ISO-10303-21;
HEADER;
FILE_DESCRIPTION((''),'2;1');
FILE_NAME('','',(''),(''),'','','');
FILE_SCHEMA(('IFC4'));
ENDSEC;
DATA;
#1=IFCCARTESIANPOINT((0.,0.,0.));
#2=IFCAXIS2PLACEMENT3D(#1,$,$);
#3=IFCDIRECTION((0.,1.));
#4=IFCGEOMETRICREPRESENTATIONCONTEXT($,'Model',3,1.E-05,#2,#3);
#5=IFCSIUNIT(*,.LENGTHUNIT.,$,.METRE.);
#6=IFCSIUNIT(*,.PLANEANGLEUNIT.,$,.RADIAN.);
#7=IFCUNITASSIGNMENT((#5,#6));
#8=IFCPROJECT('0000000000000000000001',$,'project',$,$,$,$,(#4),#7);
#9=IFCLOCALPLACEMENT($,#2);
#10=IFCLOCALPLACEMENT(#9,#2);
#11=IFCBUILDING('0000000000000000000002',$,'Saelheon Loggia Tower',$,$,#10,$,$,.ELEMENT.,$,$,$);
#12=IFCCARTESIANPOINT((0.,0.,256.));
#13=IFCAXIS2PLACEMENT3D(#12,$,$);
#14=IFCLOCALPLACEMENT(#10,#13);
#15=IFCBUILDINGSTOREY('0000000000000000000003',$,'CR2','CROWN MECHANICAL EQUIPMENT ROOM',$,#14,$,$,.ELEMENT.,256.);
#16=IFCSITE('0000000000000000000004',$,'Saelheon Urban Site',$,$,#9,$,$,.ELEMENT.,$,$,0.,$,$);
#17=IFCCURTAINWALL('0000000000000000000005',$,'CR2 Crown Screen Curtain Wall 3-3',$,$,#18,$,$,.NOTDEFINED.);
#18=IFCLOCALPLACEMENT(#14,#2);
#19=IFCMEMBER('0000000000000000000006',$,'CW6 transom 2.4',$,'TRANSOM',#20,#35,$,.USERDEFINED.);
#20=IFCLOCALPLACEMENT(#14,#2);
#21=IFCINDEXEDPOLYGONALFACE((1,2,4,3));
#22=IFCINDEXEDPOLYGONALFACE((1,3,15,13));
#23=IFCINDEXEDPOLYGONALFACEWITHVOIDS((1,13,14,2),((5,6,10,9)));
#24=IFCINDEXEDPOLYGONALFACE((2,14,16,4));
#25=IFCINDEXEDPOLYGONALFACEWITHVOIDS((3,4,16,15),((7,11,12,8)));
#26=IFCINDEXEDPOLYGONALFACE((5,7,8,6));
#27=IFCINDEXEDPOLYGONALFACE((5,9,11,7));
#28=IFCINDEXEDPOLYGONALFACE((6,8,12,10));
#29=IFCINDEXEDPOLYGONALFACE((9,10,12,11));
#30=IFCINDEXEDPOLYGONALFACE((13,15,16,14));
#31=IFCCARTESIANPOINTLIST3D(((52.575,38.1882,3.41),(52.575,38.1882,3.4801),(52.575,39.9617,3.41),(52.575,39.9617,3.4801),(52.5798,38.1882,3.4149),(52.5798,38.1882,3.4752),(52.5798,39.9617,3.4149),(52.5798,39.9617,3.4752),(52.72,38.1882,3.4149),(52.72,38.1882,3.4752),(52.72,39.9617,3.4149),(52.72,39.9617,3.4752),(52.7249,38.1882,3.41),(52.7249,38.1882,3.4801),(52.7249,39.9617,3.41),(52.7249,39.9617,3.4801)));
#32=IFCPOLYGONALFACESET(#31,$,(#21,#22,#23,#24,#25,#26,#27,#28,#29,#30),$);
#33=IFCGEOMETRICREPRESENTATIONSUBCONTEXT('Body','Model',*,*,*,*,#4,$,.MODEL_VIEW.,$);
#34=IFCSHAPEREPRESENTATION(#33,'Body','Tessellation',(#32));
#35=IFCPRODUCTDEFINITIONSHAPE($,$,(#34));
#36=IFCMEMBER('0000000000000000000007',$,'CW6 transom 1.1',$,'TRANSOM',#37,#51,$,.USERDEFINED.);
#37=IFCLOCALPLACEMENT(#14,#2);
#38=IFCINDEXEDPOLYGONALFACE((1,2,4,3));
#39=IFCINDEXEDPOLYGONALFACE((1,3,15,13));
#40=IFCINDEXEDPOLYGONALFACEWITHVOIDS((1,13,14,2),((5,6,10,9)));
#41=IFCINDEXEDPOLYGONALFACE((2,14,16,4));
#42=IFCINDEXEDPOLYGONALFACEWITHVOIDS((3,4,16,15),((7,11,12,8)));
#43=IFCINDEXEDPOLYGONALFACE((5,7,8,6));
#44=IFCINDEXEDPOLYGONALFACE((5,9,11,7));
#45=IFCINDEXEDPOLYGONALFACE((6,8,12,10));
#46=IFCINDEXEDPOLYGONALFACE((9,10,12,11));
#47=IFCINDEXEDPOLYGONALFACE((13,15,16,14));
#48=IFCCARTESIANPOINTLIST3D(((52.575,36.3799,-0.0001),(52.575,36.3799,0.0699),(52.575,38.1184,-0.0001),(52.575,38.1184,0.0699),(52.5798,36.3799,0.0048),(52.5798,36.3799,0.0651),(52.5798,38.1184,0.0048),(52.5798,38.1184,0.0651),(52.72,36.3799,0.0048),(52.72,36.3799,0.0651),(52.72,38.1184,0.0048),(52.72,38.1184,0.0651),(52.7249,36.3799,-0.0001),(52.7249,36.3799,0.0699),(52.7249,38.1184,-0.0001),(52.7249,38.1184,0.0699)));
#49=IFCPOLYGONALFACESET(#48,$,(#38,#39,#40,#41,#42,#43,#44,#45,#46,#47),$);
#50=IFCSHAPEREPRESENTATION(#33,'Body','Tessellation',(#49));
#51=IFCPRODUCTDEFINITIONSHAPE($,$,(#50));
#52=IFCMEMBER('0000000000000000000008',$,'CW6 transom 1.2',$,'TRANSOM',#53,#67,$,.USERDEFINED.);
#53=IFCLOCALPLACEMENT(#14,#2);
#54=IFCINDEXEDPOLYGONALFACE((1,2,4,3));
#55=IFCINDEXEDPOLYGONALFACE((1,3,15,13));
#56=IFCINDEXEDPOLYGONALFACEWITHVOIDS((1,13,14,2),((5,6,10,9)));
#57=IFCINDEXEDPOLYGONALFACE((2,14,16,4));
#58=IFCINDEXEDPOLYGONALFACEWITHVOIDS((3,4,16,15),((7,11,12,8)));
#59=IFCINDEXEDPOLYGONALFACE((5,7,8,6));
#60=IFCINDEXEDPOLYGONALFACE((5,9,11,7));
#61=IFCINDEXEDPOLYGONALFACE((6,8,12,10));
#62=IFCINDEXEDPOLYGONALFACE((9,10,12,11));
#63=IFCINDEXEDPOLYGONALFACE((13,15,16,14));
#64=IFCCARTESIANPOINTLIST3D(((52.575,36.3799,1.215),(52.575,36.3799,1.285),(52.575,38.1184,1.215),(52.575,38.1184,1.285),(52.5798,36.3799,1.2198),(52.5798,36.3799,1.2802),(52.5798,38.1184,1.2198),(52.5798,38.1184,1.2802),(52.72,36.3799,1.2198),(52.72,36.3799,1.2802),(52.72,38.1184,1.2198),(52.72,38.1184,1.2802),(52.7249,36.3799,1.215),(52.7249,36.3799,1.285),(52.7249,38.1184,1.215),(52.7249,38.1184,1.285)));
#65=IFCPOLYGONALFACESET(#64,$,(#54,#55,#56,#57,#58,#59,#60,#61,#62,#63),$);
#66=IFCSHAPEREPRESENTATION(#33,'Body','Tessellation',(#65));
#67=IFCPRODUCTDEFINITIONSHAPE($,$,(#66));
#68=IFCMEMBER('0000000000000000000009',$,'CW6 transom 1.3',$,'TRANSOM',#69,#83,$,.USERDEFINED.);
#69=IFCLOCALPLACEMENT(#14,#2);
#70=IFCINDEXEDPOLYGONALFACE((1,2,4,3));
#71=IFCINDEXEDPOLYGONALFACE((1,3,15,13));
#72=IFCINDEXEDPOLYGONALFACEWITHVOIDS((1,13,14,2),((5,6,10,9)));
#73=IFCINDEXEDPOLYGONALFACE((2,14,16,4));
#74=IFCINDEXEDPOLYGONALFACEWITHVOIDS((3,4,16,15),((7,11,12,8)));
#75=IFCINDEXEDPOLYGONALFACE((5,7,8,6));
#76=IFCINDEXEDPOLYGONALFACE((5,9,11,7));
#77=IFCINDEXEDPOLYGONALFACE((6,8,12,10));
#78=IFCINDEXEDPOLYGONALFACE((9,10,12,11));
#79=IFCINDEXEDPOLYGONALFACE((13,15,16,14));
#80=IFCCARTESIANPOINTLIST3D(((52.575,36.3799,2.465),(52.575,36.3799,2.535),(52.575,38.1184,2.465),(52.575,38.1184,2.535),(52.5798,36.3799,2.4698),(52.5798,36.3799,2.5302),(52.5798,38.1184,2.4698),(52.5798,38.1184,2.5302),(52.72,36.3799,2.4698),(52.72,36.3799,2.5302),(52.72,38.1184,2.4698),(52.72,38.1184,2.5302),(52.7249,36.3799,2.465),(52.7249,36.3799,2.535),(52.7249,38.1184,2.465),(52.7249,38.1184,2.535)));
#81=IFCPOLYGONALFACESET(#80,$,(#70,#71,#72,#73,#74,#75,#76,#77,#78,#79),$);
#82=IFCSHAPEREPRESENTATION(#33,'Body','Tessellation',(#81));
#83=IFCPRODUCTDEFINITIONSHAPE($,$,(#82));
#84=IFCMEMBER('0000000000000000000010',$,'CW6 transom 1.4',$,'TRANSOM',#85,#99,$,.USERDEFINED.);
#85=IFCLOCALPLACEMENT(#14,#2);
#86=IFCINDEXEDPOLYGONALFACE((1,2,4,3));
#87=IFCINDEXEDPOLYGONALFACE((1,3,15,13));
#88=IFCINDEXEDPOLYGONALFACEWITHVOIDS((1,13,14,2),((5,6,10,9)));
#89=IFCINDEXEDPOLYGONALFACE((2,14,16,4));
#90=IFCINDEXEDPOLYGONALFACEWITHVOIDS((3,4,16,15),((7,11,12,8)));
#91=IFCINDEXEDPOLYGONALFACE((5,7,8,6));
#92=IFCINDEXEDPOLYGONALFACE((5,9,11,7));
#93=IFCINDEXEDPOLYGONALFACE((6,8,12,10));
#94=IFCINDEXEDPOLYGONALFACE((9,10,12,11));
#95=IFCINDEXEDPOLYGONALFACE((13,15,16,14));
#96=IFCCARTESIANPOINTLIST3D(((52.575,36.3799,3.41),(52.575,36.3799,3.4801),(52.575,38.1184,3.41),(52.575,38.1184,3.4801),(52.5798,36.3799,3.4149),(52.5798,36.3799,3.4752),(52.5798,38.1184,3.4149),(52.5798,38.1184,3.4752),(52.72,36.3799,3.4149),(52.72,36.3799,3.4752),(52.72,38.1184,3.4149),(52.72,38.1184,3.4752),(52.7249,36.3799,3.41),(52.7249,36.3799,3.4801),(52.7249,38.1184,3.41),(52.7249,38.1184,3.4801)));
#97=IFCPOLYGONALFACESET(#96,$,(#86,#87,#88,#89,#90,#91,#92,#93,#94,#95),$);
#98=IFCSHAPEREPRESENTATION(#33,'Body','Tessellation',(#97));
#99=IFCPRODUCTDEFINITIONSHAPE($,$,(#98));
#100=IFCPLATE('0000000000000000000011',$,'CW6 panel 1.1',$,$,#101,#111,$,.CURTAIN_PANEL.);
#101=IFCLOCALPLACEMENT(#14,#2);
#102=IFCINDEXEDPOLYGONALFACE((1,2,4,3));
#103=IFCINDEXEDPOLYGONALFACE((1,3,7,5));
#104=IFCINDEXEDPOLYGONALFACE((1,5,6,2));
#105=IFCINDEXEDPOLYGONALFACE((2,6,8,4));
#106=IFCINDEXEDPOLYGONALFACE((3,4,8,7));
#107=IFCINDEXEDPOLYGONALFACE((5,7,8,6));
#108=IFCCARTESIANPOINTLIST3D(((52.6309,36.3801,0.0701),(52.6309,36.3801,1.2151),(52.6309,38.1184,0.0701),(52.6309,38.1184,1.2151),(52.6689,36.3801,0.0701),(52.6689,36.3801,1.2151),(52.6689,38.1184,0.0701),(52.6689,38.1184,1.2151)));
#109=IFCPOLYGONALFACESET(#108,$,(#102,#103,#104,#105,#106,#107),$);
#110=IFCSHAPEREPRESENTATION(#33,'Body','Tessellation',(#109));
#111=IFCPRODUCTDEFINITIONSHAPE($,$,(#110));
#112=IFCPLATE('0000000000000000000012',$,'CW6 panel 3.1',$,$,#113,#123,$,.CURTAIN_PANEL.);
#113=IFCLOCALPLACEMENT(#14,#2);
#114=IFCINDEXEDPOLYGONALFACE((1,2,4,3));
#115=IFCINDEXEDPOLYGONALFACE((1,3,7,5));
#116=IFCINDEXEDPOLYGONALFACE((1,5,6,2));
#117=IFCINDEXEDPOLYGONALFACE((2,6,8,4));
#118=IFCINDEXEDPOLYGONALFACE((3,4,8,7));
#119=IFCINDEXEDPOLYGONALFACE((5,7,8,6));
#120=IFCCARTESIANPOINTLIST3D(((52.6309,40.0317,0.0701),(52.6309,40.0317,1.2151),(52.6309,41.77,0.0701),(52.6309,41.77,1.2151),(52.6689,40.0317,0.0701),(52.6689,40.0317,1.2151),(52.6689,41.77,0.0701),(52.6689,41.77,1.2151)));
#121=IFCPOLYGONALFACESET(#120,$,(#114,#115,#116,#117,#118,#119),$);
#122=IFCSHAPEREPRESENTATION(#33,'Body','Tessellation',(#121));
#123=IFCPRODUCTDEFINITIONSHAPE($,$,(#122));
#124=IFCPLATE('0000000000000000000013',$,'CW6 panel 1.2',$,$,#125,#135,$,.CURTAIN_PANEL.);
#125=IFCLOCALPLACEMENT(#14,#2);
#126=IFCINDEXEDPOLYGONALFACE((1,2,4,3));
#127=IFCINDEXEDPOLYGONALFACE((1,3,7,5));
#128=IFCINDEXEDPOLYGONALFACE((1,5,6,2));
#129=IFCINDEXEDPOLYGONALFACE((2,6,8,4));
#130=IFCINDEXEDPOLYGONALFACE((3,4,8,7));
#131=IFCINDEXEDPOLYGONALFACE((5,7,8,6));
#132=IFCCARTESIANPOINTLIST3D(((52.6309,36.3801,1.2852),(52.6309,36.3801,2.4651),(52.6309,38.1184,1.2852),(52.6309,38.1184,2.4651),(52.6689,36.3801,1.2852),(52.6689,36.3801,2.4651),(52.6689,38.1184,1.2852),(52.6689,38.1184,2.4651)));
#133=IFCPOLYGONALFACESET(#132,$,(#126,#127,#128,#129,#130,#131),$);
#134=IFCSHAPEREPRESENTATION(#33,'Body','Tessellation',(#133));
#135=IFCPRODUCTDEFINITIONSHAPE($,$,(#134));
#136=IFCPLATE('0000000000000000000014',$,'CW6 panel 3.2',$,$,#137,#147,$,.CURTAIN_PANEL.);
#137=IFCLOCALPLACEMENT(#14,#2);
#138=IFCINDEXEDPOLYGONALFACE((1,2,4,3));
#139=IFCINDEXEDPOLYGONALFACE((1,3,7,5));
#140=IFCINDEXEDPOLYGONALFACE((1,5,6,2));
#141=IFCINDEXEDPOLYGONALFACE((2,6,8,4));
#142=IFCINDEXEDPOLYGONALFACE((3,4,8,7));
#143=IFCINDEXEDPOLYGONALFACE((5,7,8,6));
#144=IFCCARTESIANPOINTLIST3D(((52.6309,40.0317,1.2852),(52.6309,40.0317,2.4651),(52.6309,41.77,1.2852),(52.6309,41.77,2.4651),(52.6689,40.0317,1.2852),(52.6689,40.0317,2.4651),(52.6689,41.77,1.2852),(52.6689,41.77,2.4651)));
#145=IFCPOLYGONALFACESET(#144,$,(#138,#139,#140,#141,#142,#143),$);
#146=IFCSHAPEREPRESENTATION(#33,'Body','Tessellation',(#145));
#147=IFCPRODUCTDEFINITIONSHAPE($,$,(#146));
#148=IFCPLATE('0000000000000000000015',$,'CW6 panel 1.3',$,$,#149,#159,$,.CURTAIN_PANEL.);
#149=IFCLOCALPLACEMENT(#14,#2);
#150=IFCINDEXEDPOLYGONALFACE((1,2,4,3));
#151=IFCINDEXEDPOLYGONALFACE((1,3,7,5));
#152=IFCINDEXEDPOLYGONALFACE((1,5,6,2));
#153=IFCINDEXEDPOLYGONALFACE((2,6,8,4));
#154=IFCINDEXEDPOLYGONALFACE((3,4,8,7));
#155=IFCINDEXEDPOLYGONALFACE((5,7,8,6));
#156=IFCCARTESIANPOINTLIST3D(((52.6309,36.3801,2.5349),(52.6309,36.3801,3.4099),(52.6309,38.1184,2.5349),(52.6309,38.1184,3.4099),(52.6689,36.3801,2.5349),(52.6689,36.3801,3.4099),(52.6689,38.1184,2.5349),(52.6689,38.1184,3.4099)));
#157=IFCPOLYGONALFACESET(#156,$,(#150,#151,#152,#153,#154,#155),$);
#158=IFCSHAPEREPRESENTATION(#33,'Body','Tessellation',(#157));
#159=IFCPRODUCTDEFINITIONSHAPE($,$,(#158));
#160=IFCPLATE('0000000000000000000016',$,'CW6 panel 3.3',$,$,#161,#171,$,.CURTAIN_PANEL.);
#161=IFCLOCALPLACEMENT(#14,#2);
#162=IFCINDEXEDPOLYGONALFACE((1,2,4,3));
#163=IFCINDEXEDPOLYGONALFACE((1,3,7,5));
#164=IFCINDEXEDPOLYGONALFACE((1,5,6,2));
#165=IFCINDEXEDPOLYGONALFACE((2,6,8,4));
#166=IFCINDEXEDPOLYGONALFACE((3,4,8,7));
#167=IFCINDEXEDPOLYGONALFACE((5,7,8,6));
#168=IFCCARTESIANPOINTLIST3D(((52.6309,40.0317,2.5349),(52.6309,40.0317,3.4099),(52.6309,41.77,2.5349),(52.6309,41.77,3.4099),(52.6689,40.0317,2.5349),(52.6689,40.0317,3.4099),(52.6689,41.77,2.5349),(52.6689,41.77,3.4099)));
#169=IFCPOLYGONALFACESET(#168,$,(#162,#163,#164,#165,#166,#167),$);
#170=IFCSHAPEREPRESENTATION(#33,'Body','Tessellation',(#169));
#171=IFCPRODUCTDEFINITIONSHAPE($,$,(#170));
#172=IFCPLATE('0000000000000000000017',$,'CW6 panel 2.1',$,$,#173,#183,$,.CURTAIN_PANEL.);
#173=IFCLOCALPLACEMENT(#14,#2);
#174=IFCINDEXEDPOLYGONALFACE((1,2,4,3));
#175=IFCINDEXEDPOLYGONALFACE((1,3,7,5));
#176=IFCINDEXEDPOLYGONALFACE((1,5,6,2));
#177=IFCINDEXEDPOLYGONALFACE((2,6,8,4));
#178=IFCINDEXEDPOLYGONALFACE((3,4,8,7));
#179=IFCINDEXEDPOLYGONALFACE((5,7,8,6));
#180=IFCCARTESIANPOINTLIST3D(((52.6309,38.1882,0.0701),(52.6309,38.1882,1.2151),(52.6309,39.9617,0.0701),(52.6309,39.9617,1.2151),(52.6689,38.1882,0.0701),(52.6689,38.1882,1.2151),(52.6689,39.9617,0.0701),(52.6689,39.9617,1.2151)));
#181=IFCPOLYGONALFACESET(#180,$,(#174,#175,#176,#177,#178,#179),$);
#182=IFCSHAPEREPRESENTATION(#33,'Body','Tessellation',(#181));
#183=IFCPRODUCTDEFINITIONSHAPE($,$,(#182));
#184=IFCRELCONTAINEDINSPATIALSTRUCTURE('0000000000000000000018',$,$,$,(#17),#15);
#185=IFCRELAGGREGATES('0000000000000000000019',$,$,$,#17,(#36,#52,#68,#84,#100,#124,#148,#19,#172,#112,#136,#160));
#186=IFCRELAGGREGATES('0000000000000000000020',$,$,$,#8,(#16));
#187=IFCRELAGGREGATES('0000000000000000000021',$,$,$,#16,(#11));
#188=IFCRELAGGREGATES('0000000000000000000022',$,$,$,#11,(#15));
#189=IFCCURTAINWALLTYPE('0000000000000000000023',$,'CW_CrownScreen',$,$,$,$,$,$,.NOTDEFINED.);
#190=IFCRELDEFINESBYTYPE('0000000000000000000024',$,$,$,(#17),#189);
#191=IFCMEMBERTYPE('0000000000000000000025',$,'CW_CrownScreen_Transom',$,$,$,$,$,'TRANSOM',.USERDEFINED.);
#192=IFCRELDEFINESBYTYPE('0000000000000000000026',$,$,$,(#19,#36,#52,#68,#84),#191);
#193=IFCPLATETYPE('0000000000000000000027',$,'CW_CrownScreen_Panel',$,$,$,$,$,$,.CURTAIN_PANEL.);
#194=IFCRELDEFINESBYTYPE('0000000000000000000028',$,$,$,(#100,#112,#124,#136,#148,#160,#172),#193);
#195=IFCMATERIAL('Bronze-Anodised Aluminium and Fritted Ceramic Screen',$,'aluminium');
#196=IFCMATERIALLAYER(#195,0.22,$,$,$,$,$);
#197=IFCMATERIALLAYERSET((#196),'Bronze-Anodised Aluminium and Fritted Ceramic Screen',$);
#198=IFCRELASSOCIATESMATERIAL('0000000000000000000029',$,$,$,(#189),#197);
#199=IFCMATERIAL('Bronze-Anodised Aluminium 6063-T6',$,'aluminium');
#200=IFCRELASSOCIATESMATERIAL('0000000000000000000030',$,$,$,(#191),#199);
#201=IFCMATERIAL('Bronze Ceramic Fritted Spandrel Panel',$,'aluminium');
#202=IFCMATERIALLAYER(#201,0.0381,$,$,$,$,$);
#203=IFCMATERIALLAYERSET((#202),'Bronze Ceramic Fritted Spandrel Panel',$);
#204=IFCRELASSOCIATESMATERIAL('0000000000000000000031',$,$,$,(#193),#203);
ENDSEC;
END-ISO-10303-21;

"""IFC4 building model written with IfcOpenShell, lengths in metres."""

from ifc_helpers import new_model, si_unit, direction, frame, origin, origin_2d, place, context, subcontext, project, spatial, rectangle, hollow_rectangle, extrude, source, transform, mapped, material, layer, layer_set, material_profile, profile_set, type_object, element, aggregate, save


model = new_model("IFC4")

# Units and contexts
model_context = context("Model", 3, precision=1e-05, world=origin(), true_north=direction((0.0, 1.0)))
body_context = subcontext(model_context, "Body", "Model", "MODEL_VIEW")
ifc_project = project(units=[si_unit("LENGTHUNIT", "METRE"), si_unit("PLANEANGLEUNIT", "RADIAN")], contexts=[model_context])

# Site, building, storey
site_placement = place(None, origin())
site = spatial("IfcSite", under=ifc_project, at=site_placement, Name="Saelheon Urban Site", CompositionType="ELEMENT", RefElevation=0.0)
building_placement = place(site_placement, origin())
building = spatial("IfcBuilding", under=site, at=building_placement, Name="Saelheon Loggia Tower", CompositionType="ELEMENT")
storey_placement = place(building_placement, frame((0.0, 0.0, 256.0)))
storey = spatial("IfcBuildingStorey", under=building, at=storey_placement, Name="CR2", Description="CROWN MECHANICAL EQUIPMENT ROOM", CompositionType="ELEMENT", Elevation=256.0)

# Curtain wall, members, plates
ifc_material_1 = material(Name="Bronze-Anodised Aluminium and Fritted Ceramic Screen", Category="aluminium")
ifc_layer_1 = layer(ifc_material_1, 0.22)
ifc_layer_set_1 = layer_set([ifc_layer_1], Name="Bronze-Anodised Aluminium and Fritted Ceramic Screen")
curtain_wall_type = type_object("IfcCurtainWallType", Name="CW_CrownScreen", PredefinedType="NOTDEFINED", material=ifc_layer_set_1)
curtain_wall_placement = place(storey_placement, origin())
curtain_wall = element("IfcCurtainWall", 1, at=curtain_wall_placement, inside=storey, type_object=curtain_wall_type, Name="CR2 Crown Screen Curtain Wall 3-3", PredefinedType="NOTDEFINED")
ifc_material_2 = material(Name="Bronze-Anodised Aluminium 6063-T6", Category="aluminium")
ifc_material_profile_1 = material_profile(ifc_material_2, hollow_rectangle(XDim=0.0701, YDim=0.1499, WallThickness=0.0049, at=origin_2d()), Name="RHS-150x70x5")
ifc_profile_set_1 = profile_set([ifc_material_profile_1], Name="Bronze-Anodised Aluminium 6063-T6")
member_type_1 = type_object("IfcMemberType", Name="CW_CrownScreen_Transom", ElementType="TRANSOM", PredefinedType="USERDEFINED", material=ifc_profile_set_1)
shared_shape_1 = source(origin(), body_context, "Body", "SweptSolid", [
    extrude(hollow_rectangle(XDim=0.0701, YDim=0.1499, WallThickness=0.0049, at=origin_2d()), origin(), (0.0, 0.0, 1.0), 1.7734),
])
member_1_placement = place(storey_placement, frame((52.6499, 38.1882, 3.4451), z_axis=(0.0, 1.0, 0.0), x_axis=(0.0, 0.0, 1.0)))
member_1 = element("IfcMember", 2, at=member_1_placement, type_object=member_type_1, Name="CW6 transom 2.4", ObjectType="TRANSOM", PredefinedType="USERDEFINED", context=body_context, shape_type="MappedRepresentation", body=[
    mapped(shared_shape_1, transform((0.0, 0.0, 0.0), scale=1.0)),
])
shared_shape_2 = source(origin(), body_context, "Body", "SweptSolid", [
    extrude(hollow_rectangle(XDim=0.0701, YDim=0.1499, WallThickness=0.0049, at=origin_2d()), origin(), (0.0, 0.0, 1.0), 1.7385),
])
member_2_placement = place(storey_placement, frame((52.6499, 36.3799, 0.0349), z_axis=(0.0, 1.0, 0.0), x_axis=(0.0, 0.0, 1.0)))
member_2 = element("IfcMember", 3, at=member_2_placement, type_object=member_type_1, Name="CW6 transom 1.1", ObjectType="TRANSOM", PredefinedType="USERDEFINED", context=body_context, shape_type="MappedRepresentation", body=[
    mapped(shared_shape_2, transform((0.0, 0.0, 0.0), scale=1.0)),
])
member_3_placement = place(storey_placement, frame((52.6499, 36.3799, 1.25), z_axis=(0.0, 1.0, 0.0), x_axis=(0.0, 0.0, 1.0)))
member_3 = element("IfcMember", 4, at=member_3_placement, type_object=member_type_1, Name="CW6 transom 1.2", ObjectType="TRANSOM", PredefinedType="USERDEFINED", context=body_context, shape_type="MappedRepresentation", body=[
    mapped(shared_shape_2, transform((0.0, 0.0, 0.0), scale=1.0)),
])
member_4_placement = place(storey_placement, frame((52.6499, 36.3799, 2.5), z_axis=(0.0, 1.0, 0.0), x_axis=(0.0, 0.0, 1.0)))
member_4 = element("IfcMember", 5, at=member_4_placement, type_object=member_type_1, Name="CW6 transom 1.3", ObjectType="TRANSOM", PredefinedType="USERDEFINED", context=body_context, shape_type="MappedRepresentation", body=[
    mapped(shared_shape_2, transform((0.0, 0.0, 0.0), scale=1.0)),
])
member_5_placement = place(storey_placement, frame((52.6499, 36.3799, 3.4451), z_axis=(0.0, 1.0, 0.0), x_axis=(0.0, 0.0, 1.0)))
member_5 = element("IfcMember", 6, at=member_5_placement, type_object=member_type_1, Name="CW6 transom 1.4", ObjectType="TRANSOM", PredefinedType="USERDEFINED", context=body_context, shape_type="MappedRepresentation", body=[
    mapped(shared_shape_2, transform((0.0, 0.0, 0.0), scale=1.0)),
])
ifc_material_3 = material(Name="Bronze Ceramic Fritted Spandrel Panel", Category="aluminium")
ifc_layer_2 = layer(ifc_material_3, 0.0381)
ifc_layer_set_2 = layer_set([ifc_layer_2], Name="Bronze Ceramic Fritted Spandrel Panel")
plate_type = type_object("IfcPlateType", Name="CW_CrownScreen_Panel", PredefinedType="CURTAIN_PANEL", material=ifc_layer_set_2)
shared_shape_3 = source(origin(), body_context, "Body", "SweptSolid", [
    extrude(rectangle(XDim=1.7383, YDim=0.0381, at=origin_2d()), origin(), (0.0, 0.0, 1.0), 1.145),
])
plate_1_placement = place(storey_placement, frame((52.6499, 37.2493, 0.0701), z_axis=(0.0, 0.0, 1.0), x_axis=(0.0, 1.0, 0.0)))
plate_1 = element("IfcPlate", 7, at=plate_1_placement, type_object=plate_type, Name="CW6 panel 1.1", PredefinedType="CURTAIN_PANEL", context=body_context, shape_type="MappedRepresentation", body=[
    mapped(shared_shape_3, transform((0.0, 0.0, 0.0), scale=1.0)),
])
plate_2_placement = place(storey_placement, frame((52.6499, 40.9009, 0.0701), z_axis=(0.0, 0.0, 1.0), x_axis=(0.0, 1.0, 0.0)))
plate_2 = element("IfcPlate", 8, at=plate_2_placement, type_object=plate_type, Name="CW6 panel 3.1", PredefinedType="CURTAIN_PANEL", context=body_context, shape_type="MappedRepresentation", body=[
    mapped(shared_shape_3, transform((0.0, 0.0, 0.0), scale=1.0)),
])
shared_shape_4 = source(origin(), body_context, "Body", "SweptSolid", [
    extrude(rectangle(XDim=1.7383, YDim=0.0381, at=origin_2d()), origin(), (0.0, 0.0, 1.0), 1.1799),
])
plate_3_placement = place(storey_placement, frame((52.6499, 37.2493, 1.2852), z_axis=(0.0, 0.0, 1.0), x_axis=(0.0, 1.0, 0.0)))
plate_3 = element("IfcPlate", 9, at=plate_3_placement, type_object=plate_type, Name="CW6 panel 1.2", PredefinedType="CURTAIN_PANEL", context=body_context, shape_type="MappedRepresentation", body=[
    mapped(shared_shape_4, transform((0.0, 0.0, 0.0), scale=1.0)),
])
plate_4_placement = place(storey_placement, frame((52.6499, 40.9009, 1.2852), z_axis=(0.0, 0.0, 1.0), x_axis=(0.0, 1.0, 0.0)))
plate_4 = element("IfcPlate", 10, at=plate_4_placement, type_object=plate_type, Name="CW6 panel 3.2", PredefinedType="CURTAIN_PANEL", context=body_context, shape_type="MappedRepresentation", body=[
    mapped(shared_shape_4, transform((0.0, 0.0, 0.0), scale=1.0)),
])
shared_shape_5 = source(origin(), body_context, "Body", "SweptSolid", [
    extrude(rectangle(XDim=1.7383, YDim=0.0381, at=origin_2d()), origin(), (0.0, 0.0, 1.0), 0.875),
])
plate_5_placement = place(storey_placement, frame((52.6499, 37.2493, 2.5349), z_axis=(0.0, 0.0, 1.0), x_axis=(0.0, 1.0, 0.0)))
plate_5 = element("IfcPlate", 11, at=plate_5_placement, type_object=plate_type, Name="CW6 panel 1.3", PredefinedType="CURTAIN_PANEL", context=body_context, shape_type="MappedRepresentation", body=[
    mapped(shared_shape_5, transform((0.0, 0.0, 0.0), scale=1.0)),
])
plate_6_placement = place(storey_placement, frame((52.6499, 40.9009, 2.5349), z_axis=(0.0, 0.0, 1.0), x_axis=(0.0, 1.0, 0.0)))
plate_6 = element("IfcPlate", 12, at=plate_6_placement, type_object=plate_type, Name="CW6 panel 3.3", PredefinedType="CURTAIN_PANEL", context=body_context, shape_type="MappedRepresentation", body=[
    mapped(shared_shape_5, transform((0.0, 0.0, 0.0), scale=1.0)),
])
shared_shape_6 = source(origin(), body_context, "Body", "SweptSolid", [
    extrude(rectangle(XDim=1.7734, YDim=0.0381, at=origin_2d()), origin(), (0.0, 0.0, 1.0), 1.145),
])
plate_7_placement = place(storey_placement, frame((52.6499, 39.075, 0.0701), z_axis=(0.0, 0.0, 1.0), x_axis=(0.0, 1.0, 0.0)))
plate_7 = element("IfcPlate", 13, at=plate_7_placement, type_object=plate_type, Name="CW6 panel 2.1", PredefinedType="CURTAIN_PANEL", context=body_context, shape_type="MappedRepresentation", body=[
    mapped(shared_shape_6, transform((0.0, 0.0, 0.0), scale=1.0)),
])
aggregate(curtain_wall, [member_2, member_3, member_4, member_5, plate_1, plate_3, plate_5, member_1, plate_7, plate_2, plate_4, plate_6])

save(model, "model.ifc")
